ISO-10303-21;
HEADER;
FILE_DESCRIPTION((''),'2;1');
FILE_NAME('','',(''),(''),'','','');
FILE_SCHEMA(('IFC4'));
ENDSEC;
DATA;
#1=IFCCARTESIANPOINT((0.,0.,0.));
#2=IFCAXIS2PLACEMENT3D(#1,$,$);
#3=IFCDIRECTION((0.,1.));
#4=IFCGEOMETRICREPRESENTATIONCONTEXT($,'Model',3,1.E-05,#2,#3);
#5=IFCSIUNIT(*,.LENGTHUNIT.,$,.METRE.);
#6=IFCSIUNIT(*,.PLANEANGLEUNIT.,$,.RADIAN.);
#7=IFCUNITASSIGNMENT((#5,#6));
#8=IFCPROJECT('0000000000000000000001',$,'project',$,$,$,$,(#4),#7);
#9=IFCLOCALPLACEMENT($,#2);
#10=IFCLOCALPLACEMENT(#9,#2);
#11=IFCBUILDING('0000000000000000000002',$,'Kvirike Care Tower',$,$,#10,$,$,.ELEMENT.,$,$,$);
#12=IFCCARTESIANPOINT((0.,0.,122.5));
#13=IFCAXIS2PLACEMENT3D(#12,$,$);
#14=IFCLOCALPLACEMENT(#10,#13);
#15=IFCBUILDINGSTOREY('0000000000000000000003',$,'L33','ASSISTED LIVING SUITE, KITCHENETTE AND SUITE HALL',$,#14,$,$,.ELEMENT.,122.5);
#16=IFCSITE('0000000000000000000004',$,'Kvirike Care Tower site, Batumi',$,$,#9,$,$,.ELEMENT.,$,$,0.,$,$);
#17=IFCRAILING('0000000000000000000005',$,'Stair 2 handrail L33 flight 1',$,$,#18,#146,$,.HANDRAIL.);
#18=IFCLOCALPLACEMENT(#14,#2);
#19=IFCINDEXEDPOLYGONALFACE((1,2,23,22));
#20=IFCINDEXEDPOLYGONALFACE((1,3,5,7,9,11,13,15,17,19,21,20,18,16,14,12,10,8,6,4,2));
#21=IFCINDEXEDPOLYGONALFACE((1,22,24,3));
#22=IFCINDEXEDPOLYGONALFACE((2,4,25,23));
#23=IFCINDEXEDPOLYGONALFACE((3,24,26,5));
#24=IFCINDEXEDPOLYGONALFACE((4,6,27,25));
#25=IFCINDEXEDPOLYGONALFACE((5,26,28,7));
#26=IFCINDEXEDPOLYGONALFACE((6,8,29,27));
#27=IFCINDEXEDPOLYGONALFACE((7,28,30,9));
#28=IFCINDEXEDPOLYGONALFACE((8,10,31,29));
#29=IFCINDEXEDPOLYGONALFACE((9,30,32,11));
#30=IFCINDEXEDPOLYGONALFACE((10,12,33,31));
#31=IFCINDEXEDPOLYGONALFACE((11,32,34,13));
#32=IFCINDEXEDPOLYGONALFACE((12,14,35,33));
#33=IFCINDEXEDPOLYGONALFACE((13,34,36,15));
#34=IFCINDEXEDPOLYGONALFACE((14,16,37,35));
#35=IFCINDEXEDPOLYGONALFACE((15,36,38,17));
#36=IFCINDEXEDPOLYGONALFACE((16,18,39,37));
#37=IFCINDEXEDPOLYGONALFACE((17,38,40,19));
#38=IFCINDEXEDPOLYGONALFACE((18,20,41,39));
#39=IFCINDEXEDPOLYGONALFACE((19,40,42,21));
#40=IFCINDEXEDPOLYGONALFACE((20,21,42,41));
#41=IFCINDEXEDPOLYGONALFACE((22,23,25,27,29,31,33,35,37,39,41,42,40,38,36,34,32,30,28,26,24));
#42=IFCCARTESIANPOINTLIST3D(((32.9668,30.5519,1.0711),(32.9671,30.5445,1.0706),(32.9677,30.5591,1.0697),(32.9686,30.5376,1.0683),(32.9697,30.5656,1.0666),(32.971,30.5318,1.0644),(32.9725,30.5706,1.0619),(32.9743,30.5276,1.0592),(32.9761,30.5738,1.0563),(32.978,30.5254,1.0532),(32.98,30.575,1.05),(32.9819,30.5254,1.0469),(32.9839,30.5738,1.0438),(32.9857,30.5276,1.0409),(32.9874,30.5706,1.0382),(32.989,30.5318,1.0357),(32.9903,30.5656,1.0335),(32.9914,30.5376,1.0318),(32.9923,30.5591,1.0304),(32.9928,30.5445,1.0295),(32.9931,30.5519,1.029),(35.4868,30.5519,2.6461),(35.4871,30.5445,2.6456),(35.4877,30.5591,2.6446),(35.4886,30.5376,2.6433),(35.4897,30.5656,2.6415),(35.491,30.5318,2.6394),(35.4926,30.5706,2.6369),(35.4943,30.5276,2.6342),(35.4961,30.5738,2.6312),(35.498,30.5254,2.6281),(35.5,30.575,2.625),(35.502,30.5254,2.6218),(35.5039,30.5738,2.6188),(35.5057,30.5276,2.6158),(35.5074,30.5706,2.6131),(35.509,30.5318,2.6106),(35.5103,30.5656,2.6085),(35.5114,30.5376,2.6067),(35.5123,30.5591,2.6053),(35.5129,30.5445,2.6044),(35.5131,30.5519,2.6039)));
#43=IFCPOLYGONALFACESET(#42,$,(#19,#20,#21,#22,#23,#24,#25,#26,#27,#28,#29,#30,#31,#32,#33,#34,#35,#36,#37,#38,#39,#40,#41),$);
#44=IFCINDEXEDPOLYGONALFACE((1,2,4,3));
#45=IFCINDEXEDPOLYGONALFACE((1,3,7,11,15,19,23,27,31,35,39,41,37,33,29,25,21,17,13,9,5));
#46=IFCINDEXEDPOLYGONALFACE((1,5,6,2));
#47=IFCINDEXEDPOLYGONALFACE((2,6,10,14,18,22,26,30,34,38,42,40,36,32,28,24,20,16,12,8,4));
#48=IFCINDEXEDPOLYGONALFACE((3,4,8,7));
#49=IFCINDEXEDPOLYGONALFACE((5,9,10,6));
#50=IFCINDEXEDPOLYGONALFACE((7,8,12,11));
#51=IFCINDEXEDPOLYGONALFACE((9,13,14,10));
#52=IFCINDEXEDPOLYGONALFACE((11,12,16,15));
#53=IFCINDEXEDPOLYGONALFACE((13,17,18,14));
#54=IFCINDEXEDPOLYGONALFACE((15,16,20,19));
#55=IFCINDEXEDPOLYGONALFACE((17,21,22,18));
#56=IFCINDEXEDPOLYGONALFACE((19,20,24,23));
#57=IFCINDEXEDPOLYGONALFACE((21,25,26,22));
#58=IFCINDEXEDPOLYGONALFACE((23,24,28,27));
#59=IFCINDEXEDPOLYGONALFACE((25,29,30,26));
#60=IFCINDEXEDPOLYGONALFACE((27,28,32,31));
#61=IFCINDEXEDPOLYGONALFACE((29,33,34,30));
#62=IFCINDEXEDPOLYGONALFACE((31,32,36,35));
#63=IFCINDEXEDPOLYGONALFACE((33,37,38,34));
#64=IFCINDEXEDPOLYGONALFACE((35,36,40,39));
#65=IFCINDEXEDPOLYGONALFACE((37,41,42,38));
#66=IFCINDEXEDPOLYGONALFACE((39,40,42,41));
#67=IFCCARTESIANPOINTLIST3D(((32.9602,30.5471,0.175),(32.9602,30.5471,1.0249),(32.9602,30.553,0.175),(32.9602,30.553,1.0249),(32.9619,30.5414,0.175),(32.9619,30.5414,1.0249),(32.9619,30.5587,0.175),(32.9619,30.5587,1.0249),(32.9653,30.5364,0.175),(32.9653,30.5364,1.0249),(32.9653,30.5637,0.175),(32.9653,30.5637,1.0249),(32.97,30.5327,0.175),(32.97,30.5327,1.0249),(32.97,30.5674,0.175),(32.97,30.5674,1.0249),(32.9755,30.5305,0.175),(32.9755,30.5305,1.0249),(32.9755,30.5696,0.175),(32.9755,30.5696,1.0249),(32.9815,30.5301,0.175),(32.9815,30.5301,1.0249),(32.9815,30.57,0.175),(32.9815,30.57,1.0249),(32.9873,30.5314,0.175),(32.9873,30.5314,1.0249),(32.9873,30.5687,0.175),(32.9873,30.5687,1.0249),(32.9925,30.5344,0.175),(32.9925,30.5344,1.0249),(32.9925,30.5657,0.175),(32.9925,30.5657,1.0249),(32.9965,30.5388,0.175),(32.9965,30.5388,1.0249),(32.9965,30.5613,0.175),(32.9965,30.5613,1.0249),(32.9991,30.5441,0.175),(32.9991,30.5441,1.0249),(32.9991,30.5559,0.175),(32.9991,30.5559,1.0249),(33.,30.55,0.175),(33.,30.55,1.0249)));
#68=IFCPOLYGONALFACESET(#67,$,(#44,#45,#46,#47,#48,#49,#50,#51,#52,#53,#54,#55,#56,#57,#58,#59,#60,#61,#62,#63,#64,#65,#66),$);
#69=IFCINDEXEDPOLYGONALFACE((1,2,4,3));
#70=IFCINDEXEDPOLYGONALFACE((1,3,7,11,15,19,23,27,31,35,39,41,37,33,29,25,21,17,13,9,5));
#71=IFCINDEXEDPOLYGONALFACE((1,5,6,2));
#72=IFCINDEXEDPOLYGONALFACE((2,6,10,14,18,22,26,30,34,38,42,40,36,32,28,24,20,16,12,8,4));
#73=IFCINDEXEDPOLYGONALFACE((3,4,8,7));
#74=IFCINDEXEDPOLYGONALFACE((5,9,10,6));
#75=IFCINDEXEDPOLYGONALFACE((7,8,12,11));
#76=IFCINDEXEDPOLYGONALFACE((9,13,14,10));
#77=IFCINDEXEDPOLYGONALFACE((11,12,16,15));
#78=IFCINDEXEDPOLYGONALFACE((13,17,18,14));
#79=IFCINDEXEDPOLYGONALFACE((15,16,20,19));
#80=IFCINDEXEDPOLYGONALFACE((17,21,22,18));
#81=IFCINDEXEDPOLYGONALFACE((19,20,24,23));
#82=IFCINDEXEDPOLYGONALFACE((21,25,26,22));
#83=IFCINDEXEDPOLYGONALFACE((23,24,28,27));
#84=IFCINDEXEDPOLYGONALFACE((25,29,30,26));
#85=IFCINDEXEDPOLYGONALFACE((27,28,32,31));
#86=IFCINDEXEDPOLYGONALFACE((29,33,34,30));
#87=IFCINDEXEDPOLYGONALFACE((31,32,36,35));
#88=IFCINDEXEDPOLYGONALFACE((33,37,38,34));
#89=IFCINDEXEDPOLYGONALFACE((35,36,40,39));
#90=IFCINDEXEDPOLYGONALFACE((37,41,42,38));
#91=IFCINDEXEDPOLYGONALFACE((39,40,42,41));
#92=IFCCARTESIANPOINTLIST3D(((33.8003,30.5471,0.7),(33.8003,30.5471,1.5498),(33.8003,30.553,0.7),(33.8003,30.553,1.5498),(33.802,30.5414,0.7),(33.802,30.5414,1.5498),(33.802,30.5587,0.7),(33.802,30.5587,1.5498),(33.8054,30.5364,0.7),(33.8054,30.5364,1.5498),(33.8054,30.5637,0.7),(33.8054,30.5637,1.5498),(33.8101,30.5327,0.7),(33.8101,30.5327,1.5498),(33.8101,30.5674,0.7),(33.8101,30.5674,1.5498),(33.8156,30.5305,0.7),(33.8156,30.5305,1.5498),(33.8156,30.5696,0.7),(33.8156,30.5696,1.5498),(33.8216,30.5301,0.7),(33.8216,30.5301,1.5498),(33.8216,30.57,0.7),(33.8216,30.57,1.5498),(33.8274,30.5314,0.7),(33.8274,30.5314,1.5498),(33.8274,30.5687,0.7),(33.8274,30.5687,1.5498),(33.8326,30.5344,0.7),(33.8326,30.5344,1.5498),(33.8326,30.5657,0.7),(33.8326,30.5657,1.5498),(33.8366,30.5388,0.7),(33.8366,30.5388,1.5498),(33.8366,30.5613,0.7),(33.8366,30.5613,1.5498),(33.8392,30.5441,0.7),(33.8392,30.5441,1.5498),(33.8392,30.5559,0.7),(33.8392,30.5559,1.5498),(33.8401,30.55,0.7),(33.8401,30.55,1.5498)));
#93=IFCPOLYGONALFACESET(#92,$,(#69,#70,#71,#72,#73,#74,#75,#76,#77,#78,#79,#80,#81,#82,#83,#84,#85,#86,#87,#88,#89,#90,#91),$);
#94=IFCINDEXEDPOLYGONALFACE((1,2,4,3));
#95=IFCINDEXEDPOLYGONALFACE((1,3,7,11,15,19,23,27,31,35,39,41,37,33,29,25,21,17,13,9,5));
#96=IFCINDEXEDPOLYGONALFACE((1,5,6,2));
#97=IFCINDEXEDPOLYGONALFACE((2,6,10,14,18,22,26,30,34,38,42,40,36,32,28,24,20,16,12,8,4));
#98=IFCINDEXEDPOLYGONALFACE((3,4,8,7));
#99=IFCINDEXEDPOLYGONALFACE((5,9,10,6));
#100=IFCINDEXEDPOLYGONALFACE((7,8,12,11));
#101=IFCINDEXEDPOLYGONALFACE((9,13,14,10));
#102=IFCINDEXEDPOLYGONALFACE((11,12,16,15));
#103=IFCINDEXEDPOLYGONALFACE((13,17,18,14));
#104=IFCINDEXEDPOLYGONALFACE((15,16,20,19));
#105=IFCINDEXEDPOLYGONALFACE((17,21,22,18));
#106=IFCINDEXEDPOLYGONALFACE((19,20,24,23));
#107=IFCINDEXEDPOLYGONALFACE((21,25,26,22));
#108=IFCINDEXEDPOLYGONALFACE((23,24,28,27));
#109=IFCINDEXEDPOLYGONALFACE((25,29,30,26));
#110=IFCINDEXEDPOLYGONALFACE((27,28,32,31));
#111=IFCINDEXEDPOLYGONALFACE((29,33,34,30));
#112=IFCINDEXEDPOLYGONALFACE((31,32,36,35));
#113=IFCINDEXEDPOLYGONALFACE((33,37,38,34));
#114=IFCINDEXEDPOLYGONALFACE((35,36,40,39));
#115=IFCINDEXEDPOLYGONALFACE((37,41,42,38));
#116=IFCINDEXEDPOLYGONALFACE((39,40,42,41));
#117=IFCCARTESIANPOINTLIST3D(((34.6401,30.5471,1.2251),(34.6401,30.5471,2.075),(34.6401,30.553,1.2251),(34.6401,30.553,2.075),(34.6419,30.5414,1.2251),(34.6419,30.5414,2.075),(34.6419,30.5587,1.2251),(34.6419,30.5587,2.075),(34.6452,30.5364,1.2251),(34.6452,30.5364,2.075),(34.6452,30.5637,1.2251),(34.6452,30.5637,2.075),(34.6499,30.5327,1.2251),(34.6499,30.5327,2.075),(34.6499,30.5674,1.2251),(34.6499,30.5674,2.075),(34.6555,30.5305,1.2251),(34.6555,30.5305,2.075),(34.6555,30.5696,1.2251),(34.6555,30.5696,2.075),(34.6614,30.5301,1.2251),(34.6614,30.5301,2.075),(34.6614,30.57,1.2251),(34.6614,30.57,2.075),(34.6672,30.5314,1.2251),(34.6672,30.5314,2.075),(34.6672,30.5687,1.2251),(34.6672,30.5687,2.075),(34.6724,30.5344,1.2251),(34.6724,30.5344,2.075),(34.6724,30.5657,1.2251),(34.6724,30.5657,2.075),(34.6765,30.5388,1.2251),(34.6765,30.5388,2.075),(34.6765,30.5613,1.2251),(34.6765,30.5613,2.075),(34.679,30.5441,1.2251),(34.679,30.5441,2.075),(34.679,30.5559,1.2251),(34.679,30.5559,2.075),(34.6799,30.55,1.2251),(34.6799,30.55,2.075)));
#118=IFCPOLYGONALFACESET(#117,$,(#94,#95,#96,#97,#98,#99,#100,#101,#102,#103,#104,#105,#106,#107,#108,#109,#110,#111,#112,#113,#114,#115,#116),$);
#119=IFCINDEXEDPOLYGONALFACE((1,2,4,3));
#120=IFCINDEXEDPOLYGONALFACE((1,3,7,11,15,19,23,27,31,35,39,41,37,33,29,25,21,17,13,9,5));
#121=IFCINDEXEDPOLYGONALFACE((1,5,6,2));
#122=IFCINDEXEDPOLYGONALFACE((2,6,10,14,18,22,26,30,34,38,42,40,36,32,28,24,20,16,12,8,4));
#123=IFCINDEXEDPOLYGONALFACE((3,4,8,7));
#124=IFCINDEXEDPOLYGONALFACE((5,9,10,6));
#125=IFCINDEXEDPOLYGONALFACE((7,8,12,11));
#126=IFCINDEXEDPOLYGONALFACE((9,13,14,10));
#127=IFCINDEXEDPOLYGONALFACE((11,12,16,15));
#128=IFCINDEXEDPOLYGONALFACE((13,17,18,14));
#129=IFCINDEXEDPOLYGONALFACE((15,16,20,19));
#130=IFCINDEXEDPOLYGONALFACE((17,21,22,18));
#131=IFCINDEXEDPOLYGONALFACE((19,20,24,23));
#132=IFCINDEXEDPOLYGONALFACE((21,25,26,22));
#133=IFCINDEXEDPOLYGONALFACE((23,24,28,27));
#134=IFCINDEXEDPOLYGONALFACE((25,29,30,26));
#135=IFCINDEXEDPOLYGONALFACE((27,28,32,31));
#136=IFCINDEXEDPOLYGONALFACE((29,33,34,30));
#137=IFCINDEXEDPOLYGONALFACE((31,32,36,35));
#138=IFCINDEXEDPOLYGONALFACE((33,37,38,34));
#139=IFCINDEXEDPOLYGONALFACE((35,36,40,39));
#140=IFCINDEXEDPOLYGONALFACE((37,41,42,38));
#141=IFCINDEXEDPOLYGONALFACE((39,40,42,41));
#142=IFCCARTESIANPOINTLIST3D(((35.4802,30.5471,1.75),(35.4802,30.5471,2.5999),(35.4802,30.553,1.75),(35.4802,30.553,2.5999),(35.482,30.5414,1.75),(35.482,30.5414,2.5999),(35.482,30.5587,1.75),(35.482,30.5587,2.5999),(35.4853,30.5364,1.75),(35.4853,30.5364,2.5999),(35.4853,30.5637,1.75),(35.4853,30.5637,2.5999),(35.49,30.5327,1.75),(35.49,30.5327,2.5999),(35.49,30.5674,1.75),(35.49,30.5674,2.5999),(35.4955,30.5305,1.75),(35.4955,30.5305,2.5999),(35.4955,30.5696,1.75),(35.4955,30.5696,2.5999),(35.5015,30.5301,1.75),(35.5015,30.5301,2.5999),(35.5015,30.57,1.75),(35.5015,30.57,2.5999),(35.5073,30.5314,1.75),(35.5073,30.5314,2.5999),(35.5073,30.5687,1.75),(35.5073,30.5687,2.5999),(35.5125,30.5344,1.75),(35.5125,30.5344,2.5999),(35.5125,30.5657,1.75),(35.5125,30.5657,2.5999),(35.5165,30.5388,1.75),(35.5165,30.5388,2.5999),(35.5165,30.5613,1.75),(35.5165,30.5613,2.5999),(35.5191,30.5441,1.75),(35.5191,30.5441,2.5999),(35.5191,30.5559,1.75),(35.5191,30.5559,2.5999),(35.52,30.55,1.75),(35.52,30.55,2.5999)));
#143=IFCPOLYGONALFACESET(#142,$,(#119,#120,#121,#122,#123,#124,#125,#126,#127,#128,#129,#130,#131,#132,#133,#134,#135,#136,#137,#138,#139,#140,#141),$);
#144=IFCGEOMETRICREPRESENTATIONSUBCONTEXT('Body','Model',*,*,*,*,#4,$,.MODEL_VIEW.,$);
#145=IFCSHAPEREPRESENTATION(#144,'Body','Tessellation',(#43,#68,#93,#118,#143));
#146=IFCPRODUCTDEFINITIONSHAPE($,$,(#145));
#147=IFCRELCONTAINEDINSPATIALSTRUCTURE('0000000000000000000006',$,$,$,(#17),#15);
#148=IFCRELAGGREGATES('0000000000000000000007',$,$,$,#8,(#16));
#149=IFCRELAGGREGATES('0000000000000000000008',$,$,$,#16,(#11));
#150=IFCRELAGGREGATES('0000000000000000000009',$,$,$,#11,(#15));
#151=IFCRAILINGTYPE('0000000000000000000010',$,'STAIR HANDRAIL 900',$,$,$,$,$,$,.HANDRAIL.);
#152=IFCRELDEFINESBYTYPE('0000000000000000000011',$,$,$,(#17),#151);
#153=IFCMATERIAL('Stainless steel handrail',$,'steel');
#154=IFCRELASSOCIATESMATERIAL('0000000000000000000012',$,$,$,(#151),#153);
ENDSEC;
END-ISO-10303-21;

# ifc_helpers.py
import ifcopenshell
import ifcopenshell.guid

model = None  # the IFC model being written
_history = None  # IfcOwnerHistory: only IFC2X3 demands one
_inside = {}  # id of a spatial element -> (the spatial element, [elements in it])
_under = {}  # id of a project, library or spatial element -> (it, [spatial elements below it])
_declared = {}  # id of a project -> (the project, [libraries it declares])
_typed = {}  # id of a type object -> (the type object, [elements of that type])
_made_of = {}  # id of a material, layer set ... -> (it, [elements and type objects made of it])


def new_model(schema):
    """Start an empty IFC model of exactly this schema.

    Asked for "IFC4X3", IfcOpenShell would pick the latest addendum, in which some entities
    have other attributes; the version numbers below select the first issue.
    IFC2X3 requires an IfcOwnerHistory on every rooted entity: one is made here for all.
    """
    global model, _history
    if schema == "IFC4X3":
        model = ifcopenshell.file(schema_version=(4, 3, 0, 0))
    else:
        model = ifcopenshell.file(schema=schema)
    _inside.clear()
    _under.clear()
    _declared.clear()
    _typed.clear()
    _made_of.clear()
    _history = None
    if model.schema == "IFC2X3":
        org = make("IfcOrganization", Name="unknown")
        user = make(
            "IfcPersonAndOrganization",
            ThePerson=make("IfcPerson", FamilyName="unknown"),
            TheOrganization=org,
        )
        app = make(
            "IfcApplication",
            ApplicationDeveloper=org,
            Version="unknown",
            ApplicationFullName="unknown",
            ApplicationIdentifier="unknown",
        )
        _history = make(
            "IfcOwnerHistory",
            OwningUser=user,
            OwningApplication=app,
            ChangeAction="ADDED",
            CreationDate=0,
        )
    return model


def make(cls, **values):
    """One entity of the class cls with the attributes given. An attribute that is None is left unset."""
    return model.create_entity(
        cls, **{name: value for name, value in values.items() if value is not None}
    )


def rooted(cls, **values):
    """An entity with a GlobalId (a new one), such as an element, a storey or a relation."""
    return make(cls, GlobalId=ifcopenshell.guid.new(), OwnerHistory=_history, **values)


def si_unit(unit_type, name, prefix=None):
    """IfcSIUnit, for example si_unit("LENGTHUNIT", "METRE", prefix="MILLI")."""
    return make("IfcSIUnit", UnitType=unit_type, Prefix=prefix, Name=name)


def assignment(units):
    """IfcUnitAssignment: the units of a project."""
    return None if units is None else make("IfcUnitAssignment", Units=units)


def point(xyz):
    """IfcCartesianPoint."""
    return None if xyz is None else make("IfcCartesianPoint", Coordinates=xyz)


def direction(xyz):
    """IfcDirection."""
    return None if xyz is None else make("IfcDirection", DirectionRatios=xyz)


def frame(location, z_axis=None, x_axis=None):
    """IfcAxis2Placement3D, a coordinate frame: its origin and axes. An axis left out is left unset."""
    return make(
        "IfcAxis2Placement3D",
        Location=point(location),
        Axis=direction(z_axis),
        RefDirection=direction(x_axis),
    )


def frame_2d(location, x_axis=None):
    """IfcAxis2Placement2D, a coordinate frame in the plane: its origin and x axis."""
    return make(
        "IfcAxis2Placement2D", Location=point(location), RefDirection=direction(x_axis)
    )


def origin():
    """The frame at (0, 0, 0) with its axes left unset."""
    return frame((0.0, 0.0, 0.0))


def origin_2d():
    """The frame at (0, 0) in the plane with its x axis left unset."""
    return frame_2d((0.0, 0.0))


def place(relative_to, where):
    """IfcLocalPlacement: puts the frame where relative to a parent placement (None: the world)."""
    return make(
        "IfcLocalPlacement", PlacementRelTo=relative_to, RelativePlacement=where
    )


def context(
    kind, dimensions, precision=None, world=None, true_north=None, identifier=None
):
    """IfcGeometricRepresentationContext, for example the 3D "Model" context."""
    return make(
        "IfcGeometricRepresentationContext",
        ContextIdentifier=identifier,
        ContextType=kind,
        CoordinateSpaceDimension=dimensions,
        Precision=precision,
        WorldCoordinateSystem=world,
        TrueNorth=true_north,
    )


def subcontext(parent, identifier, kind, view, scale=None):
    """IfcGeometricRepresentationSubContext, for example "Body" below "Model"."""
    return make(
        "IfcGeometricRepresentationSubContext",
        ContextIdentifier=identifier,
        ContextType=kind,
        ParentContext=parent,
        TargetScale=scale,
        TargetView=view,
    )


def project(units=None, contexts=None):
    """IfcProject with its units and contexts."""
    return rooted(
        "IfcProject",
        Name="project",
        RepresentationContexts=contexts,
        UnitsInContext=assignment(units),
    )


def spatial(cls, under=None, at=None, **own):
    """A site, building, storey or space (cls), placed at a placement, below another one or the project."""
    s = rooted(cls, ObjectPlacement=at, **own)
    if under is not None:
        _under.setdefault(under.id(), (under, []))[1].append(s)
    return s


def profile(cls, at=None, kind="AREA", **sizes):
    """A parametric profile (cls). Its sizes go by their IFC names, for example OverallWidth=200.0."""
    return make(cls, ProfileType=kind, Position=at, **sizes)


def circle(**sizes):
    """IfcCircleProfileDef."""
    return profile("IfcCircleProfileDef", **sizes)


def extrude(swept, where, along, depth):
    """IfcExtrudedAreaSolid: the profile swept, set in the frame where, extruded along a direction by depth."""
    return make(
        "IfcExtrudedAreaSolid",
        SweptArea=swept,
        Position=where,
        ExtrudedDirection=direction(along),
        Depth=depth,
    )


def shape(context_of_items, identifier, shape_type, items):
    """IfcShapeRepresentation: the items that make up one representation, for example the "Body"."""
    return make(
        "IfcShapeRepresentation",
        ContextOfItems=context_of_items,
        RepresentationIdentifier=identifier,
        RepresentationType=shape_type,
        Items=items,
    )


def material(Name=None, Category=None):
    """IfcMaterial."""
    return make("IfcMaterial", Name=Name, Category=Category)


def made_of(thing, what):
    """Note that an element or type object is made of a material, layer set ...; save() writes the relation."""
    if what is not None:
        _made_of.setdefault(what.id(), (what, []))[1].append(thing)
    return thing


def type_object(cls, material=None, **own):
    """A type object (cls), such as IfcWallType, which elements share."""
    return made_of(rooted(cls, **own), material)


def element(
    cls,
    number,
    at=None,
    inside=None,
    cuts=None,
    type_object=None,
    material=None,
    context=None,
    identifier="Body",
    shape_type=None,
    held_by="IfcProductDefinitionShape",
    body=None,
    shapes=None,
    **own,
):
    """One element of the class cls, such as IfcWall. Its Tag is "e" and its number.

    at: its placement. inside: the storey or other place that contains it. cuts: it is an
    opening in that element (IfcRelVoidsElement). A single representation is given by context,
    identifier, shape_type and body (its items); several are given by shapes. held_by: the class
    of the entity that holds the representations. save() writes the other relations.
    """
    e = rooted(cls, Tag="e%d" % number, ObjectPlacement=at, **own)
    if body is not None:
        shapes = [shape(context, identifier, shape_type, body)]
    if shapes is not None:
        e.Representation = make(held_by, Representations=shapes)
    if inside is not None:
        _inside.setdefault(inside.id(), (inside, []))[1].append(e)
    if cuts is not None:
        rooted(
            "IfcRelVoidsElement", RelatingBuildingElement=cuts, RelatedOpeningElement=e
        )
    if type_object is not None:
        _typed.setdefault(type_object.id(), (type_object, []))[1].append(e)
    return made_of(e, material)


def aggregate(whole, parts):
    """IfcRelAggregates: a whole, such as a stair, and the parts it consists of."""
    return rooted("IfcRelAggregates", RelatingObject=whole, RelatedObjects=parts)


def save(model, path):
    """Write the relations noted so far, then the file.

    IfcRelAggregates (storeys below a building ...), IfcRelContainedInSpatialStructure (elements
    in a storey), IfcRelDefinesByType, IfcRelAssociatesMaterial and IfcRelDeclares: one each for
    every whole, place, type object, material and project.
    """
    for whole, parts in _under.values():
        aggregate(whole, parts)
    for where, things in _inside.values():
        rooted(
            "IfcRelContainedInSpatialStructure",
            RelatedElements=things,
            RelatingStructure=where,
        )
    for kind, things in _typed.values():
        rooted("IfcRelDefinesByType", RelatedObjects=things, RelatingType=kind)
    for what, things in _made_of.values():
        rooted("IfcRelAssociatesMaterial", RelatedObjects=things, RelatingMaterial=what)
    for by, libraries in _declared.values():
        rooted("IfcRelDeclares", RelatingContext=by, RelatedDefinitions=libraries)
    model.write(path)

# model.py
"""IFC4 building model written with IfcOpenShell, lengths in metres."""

from ifc_helpers import new_model, si_unit, direction, frame, origin, origin_2d, place, context, subcontext, project, spatial, circle, extrude, material, type_object, element, save


model = new_model("IFC4")

# Units and contexts
model_context = context("Model", 3, precision=1e-05, world=origin(), true_north=direction((0.0, 1.0)))
body_context = subcontext(model_context, "Body", "Model", "MODEL_VIEW")
ifc_project = project(units=[si_unit("LENGTHUNIT", "METRE"), si_unit("PLANEANGLEUNIT", "RADIAN")], contexts=[model_context])

# Site, building, storey
site_placement = place(None, origin())
site = spatial("IfcSite", under=ifc_project, at=site_placement, Name="Kvirike Care Tower site, Batumi", CompositionType="ELEMENT", RefElevation=0.0)
building_placement = place(site_placement, origin())
building = spatial("IfcBuilding", under=site, at=building_placement, Name="Kvirike Care Tower", CompositionType="ELEMENT")
storey_placement = place(building_placement, frame((0.0, 0.0, 122.5)))
storey = spatial("IfcBuildingStorey", under=building, at=storey_placement, Name="L33", Description="ASSISTED LIVING SUITE, KITCHENETTE AND SUITE HALL", CompositionType="ELEMENT", Elevation=122.5)

# Railing
ifc_material_1 = material(Name="Stainless steel handrail", Category="steel")
railing_type = type_object("IfcRailingType", Name="STAIR HANDRAIL 900", PredefinedType="HANDRAIL", material=ifc_material_1)
railing_1_placement = place(storey_placement, frame((32.98, 30.55, 0.175)))
element("IfcRailing", 1, at=railing_1_placement, inside=storey, type_object=railing_type, Name="Stair 2 handrail L33 flight 1", PredefinedType="HANDRAIL", context=body_context, shape_type="SweptSolid", body=[
    extrude(circle(Radius=0.0249, at=origin_2d()), frame((0.0, 0.0, 0.875), z_axis=(0.848008, 0.0, 0.529984), x_axis=(0.0, 1.0, 0.0)), (0.0, 0.0, 1.0), 2.9717),
    extrude(circle(Radius=0.02, at=origin_2d()), origin(), (0.0, 0.0, 1.0), 0.8499),
    extrude(circle(Radius=0.02, at=origin_2d()), frame((0.8401, 0.0, 0.5249)), (0.0, 0.0, 1.0), 0.8499),
    extrude(circle(Radius=0.02, at=origin_2d()), frame((1.6799, 0.0, 1.05)), (0.0, 0.0, 1.0), 0.8499),
    extrude(circle(Radius=0.02, at=origin_2d()), frame((2.52, 0.0, 1.575)), (0.0, 0.0, 1.0), 0.8499),
])

save(model, "model.ifc")
